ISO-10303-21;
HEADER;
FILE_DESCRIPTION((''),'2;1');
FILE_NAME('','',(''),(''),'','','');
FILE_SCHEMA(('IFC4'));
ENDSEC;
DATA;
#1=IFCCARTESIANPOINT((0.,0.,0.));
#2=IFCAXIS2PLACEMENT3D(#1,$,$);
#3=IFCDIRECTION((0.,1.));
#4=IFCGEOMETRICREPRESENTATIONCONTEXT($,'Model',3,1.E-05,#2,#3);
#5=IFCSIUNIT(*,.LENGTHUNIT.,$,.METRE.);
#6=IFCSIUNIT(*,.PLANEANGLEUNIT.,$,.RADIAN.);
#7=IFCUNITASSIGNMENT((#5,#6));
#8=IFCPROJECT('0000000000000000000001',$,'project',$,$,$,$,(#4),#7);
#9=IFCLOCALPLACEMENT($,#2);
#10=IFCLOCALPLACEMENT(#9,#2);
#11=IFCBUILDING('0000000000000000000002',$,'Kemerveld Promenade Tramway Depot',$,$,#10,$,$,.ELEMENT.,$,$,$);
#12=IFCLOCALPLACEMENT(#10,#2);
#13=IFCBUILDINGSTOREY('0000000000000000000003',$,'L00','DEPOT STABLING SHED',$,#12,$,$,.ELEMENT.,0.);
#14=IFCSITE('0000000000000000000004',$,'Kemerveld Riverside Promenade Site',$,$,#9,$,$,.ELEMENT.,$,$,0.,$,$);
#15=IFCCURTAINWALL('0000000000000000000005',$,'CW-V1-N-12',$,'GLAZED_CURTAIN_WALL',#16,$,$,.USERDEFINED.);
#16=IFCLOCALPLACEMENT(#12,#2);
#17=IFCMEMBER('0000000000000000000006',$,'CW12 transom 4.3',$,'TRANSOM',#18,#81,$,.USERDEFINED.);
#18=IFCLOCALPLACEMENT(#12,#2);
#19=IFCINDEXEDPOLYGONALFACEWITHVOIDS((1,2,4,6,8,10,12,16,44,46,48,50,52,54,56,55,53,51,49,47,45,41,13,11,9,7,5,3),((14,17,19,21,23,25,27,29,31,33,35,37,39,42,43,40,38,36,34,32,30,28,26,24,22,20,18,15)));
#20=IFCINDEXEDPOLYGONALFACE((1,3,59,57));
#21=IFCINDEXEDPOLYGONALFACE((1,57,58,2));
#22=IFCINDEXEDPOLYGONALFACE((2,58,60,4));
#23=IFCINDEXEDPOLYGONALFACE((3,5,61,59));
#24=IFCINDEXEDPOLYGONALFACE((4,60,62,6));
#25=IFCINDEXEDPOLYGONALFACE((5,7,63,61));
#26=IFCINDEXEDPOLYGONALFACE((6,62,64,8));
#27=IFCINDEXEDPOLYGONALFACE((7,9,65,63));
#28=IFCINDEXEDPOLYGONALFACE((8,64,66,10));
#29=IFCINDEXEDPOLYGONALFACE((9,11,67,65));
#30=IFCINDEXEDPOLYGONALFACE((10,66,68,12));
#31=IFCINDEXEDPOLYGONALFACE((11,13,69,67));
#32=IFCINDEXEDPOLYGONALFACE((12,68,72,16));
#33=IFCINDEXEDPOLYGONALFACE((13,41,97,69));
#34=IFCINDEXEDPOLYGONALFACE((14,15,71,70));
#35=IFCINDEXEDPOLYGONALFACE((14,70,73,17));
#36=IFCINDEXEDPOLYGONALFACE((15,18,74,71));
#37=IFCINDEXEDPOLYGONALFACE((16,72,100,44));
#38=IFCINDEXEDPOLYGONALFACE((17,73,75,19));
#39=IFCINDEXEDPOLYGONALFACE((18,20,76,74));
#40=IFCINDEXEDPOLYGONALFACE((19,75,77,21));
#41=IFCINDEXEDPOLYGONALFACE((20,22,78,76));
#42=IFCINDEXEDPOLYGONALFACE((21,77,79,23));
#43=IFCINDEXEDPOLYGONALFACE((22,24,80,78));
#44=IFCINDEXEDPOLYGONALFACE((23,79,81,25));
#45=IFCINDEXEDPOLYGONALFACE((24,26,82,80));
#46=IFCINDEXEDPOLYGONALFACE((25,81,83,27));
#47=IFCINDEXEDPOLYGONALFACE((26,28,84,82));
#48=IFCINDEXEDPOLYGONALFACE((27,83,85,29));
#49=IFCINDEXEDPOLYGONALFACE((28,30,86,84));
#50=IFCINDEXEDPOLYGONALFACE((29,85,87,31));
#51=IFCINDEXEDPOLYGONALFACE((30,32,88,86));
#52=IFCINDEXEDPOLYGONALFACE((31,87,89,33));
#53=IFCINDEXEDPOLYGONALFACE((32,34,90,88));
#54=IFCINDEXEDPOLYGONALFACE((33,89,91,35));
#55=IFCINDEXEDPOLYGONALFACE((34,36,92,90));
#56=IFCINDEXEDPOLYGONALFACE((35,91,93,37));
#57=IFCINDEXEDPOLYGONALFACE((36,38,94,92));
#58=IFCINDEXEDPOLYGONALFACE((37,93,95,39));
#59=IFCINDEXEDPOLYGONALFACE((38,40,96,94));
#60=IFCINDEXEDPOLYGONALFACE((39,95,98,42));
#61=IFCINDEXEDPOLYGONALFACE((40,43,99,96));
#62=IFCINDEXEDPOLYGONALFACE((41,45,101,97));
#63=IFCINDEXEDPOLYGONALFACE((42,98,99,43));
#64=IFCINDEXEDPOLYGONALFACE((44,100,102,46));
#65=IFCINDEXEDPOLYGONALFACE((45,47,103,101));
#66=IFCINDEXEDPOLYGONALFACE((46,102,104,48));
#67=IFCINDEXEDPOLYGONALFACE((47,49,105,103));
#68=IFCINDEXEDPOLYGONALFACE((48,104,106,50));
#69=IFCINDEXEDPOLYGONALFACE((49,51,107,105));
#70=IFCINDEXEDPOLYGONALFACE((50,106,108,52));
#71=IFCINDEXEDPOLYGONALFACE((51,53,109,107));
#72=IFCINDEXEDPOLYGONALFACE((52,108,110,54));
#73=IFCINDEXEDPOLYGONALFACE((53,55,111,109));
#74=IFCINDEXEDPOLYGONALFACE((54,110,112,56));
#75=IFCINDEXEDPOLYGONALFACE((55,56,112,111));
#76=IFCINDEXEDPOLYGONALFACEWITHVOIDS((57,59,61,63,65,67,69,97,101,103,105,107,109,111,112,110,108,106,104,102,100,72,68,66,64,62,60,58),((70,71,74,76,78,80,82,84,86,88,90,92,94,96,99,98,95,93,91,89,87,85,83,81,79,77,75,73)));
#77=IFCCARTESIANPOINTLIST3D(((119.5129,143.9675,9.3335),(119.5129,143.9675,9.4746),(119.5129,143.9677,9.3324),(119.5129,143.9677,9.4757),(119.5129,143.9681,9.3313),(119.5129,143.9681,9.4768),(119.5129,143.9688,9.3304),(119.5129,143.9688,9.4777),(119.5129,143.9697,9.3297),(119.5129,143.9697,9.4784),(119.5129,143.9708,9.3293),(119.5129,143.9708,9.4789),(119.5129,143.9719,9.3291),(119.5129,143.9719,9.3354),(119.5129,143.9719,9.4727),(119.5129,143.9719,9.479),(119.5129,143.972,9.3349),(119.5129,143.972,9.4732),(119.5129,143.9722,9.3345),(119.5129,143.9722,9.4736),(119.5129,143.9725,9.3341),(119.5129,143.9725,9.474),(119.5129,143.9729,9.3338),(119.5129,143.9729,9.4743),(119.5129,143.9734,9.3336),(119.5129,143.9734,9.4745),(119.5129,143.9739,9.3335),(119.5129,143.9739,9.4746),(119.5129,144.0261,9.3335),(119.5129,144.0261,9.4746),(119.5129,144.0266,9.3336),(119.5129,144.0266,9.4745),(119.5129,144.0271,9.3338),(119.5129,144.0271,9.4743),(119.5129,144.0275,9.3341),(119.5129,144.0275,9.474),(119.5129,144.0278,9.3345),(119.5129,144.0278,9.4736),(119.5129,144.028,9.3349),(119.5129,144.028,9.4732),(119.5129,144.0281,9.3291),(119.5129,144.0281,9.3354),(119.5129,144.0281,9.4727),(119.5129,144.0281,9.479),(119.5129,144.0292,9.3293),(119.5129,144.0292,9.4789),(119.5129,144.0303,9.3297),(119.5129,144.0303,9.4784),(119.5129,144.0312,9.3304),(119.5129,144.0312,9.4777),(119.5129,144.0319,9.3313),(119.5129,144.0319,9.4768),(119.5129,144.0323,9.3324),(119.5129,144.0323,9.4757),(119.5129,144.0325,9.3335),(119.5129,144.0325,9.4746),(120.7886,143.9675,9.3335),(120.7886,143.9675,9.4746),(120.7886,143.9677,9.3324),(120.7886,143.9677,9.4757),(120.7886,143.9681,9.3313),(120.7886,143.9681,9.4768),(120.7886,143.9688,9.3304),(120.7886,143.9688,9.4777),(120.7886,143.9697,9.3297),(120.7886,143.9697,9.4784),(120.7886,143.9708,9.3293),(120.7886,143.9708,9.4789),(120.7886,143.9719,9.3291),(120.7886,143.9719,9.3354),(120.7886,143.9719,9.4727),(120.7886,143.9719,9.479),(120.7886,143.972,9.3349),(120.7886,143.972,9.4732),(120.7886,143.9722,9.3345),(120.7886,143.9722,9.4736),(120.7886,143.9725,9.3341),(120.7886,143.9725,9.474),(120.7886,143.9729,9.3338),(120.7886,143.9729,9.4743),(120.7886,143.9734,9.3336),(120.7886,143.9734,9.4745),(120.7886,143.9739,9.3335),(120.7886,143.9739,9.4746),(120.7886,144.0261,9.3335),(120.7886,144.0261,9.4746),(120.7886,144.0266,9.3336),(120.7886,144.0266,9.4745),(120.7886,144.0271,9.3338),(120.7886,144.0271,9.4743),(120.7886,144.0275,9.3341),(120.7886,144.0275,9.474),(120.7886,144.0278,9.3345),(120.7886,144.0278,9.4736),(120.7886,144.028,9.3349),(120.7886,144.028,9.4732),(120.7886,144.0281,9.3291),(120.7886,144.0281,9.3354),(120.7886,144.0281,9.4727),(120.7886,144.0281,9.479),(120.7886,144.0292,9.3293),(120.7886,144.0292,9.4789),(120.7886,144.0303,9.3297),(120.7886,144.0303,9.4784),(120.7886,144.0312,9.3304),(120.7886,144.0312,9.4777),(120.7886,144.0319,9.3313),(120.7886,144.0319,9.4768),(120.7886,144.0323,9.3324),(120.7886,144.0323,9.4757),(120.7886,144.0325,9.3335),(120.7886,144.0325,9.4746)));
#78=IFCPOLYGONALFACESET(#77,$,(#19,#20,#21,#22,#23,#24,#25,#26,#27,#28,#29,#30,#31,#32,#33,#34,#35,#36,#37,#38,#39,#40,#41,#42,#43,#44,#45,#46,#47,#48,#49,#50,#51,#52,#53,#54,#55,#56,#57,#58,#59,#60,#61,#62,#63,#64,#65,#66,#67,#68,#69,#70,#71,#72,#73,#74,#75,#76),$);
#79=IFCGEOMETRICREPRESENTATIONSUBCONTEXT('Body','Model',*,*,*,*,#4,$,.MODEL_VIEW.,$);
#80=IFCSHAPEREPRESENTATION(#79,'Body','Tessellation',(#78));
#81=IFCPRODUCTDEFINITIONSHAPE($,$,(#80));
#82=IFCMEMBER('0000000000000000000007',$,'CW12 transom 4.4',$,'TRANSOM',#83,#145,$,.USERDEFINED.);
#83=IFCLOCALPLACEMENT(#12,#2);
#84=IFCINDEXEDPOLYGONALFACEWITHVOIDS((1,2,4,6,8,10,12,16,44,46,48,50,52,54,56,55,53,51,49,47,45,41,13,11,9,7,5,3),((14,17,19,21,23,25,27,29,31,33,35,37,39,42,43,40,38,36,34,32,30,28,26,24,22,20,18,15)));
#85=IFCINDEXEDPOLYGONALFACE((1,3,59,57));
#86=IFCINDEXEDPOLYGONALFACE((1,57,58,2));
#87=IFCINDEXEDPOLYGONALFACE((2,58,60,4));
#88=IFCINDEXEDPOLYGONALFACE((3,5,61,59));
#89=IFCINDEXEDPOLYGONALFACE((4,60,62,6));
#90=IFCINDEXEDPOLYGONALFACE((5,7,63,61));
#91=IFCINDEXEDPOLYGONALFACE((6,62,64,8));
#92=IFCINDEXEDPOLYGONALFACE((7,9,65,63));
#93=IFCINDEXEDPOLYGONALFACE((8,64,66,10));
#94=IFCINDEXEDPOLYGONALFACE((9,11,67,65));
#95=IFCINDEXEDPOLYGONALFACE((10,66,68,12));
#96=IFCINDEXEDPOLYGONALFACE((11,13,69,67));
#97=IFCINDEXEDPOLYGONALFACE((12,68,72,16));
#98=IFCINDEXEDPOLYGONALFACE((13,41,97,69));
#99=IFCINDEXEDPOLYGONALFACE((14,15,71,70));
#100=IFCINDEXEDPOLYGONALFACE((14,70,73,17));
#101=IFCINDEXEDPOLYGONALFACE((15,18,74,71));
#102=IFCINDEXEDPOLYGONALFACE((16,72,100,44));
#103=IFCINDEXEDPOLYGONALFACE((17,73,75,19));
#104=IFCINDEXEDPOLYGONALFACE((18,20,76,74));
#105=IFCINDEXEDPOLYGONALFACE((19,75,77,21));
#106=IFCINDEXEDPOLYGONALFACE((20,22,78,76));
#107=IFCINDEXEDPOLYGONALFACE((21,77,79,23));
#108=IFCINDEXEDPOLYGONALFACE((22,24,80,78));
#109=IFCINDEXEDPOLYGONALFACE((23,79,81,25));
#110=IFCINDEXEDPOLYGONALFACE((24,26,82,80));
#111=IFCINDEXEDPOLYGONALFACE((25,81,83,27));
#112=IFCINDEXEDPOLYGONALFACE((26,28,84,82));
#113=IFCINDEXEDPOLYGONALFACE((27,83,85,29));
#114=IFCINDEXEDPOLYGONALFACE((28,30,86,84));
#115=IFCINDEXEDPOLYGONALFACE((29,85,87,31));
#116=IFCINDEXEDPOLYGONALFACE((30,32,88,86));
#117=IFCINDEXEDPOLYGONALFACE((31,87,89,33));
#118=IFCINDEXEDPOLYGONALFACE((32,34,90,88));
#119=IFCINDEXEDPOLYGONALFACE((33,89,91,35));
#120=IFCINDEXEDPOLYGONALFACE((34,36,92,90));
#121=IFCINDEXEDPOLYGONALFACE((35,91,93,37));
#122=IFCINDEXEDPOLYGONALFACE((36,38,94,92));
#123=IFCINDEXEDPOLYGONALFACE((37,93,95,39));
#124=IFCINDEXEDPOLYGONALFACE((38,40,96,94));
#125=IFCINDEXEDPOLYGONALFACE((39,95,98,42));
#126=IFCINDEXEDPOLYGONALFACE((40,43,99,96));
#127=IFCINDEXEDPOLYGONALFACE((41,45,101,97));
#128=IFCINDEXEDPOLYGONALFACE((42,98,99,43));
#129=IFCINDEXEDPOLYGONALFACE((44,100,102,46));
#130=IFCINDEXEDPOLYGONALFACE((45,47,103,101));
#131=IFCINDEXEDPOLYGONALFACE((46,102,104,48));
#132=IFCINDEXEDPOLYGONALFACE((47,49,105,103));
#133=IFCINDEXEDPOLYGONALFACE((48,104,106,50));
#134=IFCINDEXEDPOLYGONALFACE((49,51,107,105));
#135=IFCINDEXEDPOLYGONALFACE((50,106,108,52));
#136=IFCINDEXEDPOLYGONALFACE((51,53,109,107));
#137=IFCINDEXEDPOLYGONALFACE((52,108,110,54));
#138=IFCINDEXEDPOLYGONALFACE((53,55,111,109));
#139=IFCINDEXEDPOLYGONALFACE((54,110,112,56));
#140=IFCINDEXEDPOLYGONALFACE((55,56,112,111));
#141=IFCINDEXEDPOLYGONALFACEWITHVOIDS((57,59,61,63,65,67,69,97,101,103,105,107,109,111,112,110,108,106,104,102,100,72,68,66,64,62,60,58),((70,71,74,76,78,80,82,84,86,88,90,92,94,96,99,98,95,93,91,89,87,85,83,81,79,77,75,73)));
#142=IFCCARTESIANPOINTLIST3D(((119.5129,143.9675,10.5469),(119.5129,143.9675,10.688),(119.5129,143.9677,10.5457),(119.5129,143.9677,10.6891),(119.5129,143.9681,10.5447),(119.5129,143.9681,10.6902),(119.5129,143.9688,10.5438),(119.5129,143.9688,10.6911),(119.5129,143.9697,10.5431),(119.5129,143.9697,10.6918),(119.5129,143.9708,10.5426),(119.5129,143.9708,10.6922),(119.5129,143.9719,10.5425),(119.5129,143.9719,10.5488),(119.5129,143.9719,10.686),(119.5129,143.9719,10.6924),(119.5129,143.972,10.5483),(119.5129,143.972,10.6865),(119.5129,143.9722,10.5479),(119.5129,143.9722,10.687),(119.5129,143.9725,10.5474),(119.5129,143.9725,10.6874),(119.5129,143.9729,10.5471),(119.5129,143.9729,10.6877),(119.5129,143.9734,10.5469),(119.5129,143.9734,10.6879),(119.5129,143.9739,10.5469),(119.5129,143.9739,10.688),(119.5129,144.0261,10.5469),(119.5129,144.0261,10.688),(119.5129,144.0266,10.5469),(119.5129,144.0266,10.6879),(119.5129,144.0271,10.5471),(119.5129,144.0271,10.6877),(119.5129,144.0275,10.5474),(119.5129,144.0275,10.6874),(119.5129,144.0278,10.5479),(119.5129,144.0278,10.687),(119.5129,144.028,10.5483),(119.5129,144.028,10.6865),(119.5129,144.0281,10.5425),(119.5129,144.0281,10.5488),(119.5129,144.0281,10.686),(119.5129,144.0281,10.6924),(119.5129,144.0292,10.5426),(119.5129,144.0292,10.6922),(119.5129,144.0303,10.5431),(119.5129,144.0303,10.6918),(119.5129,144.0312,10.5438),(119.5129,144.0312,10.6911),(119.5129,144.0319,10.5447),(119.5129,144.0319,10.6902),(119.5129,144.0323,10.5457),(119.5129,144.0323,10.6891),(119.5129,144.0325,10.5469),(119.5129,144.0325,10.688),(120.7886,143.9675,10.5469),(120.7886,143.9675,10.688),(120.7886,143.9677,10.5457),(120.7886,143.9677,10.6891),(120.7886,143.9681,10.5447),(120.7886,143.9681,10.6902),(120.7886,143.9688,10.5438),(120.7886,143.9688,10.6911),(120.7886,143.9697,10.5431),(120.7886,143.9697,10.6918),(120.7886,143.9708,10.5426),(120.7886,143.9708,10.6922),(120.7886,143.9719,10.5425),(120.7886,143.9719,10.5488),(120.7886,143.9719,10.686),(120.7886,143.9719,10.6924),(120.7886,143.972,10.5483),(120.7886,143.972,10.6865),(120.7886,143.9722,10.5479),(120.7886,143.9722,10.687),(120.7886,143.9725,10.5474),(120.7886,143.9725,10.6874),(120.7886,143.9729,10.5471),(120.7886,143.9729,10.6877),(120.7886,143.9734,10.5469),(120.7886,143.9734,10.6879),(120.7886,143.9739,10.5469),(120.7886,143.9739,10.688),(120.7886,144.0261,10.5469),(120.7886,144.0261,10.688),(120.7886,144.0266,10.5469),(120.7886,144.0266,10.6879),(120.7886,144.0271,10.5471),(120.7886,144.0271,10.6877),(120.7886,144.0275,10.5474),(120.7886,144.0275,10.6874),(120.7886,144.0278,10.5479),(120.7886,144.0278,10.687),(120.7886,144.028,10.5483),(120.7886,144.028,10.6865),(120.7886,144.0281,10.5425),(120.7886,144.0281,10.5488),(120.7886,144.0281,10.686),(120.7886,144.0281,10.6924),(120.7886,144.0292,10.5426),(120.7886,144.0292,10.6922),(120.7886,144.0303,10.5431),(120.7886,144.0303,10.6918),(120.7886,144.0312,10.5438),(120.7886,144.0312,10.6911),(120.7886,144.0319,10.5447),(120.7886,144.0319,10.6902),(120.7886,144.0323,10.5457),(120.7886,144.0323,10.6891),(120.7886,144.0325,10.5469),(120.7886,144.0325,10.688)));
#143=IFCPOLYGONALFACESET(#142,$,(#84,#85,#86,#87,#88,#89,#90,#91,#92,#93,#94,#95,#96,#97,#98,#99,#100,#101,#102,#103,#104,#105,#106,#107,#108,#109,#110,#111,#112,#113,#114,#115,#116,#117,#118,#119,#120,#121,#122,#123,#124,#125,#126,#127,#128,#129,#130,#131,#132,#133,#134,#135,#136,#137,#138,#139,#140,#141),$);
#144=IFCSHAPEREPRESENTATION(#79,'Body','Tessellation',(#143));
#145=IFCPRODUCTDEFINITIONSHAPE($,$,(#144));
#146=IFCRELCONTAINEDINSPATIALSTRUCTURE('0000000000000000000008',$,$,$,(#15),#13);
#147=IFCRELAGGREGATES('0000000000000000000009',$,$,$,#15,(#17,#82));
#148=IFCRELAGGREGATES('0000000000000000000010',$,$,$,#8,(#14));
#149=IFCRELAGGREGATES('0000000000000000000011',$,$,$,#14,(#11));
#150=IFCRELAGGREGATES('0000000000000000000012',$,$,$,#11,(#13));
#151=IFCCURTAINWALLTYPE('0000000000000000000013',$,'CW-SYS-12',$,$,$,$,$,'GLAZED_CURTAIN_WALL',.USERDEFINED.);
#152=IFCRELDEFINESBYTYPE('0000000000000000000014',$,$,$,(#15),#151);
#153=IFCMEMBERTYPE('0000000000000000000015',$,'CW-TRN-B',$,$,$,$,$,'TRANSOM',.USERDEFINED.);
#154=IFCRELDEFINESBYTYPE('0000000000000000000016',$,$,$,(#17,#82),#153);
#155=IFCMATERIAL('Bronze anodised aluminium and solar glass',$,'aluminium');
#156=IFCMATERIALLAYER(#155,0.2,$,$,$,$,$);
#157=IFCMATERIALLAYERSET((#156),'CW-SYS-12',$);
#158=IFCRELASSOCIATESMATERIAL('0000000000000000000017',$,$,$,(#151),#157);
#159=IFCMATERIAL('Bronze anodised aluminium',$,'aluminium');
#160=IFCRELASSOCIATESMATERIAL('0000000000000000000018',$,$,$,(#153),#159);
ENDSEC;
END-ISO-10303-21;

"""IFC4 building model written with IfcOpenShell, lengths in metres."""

from ifc_helpers import new_model, si_unit, direction, frame, origin, origin_2d, place, context, subcontext, project, spatial, hollow_rectangle, extrude, material, layer, layer_set, material_profile, profile_set, type_object, element, aggregate, save


model = new_model("IFC4")

# Units and contexts
model_context = context("Model", 3, precision=1e-05, world=origin(), true_north=direction((0.0, 1.0)))
body_context = subcontext(model_context, "Body", "Model", "MODEL_VIEW")
ifc_project = project(units=[si_unit("LENGTHUNIT", "METRE"), si_unit("PLANEANGLEUNIT", "RADIAN")], contexts=[model_context])

# Site, building, storey
site_placement = place(None, origin())
site = spatial("IfcSite", under=ifc_project, at=site_placement, Name="Kemerveld Riverside Promenade Site", CompositionType="ELEMENT", RefElevation=0.0)
building_placement = place(site_placement, origin())
building = spatial("IfcBuilding", under=site, at=building_placement, Name="Kemerveld Promenade Tramway Depot", CompositionType="ELEMENT")
storey_placement = place(building_placement, origin())
storey = spatial("IfcBuildingStorey", under=building, at=storey_placement, Name="L00", Description="DEPOT STABLING SHED", CompositionType="ELEMENT", Elevation=0.0)

# Curtain wall, members
ifc_material_1 = material(Name="Bronze anodised aluminium and solar glass", Category="aluminium")
ifc_layer_1 = layer(ifc_material_1, 0.2)
ifc_layer_set_1 = layer_set([ifc_layer_1], Name="CW-SYS-12")
curtain_wall_type_1 = type_object("IfcCurtainWallType", Name="CW-SYS-12", ElementType="GLAZED_CURTAIN_WALL", PredefinedType="USERDEFINED", material=ifc_layer_set_1)
curtain_wall_1_placement = place(storey_placement, origin())
curtain_wall_1 = element("IfcCurtainWall", 1, at=curtain_wall_1_placement, inside=storey, type_object=curtain_wall_type_1, Name="CW-V1-N-12", ObjectType="GLAZED_CURTAIN_WALL", PredefinedType="USERDEFINED")
ifc_material_2 = material(Name="Bronze anodised aluminium", Category="aluminium")
ifc_material_profile_1 = material_profile(ifc_material_2, hollow_rectangle(XDim=0.0649, YDim=0.1499, WallThickness=0.0044, InnerFilletRadius=0.002, OuterFilletRadius=0.0044, at=origin_2d()), Name="CW-TRN-150x65")
ifc_profile_set_1 = profile_set([ifc_material_profile_1], Name="Bronze anodised aluminium")
member_type_1 = type_object("IfcMemberType", Name="CW-TRN-B", ElementType="TRANSOM", PredefinedType="USERDEFINED", material=ifc_profile_set_1)
member_1_placement = place(storey_placement, frame((119.5129, 144.0, 9.4041), z_axis=(1.0, 0.0, 0.0), x_axis=(0.0, 1.0, 0.0)))
member_1 = element("IfcMember", 2, at=member_1_placement, type_object=member_type_1, Name="CW12 transom 4.3", ObjectType="TRANSOM", PredefinedType="USERDEFINED", context=body_context, shape_type="SweptSolid", body=[
    extrude(hollow_rectangle(XDim=0.0649, YDim=0.1499, WallThickness=0.0044, InnerFilletRadius=0.002, OuterFilletRadius=0.0044, at=origin_2d()), origin(), (0.0, 0.0, 1.0), 1.2756),
])
member_2_placement = place(storey_placement, frame((119.5129, 144.0, 10.6174), z_axis=(1.0, 0.0, 0.0), x_axis=(0.0, 1.0, 0.0)))
member_2 = element("IfcMember", 3, at=member_2_placement, type_object=member_type_1, Name="CW12 transom 4.4", ObjectType="TRANSOM", PredefinedType="USERDEFINED", context=body_context, shape_type="SweptSolid", body=[
    extrude(hollow_rectangle(XDim=0.0649, YDim=0.1499, WallThickness=0.0044, InnerFilletRadius=0.002, OuterFilletRadius=0.0044, at=origin_2d()), origin(), (0.0, 0.0, 1.0), 1.2756),
])

aggregate(curtain_wall_1, [member_1, member_2])

save(model, "model.ifc")
